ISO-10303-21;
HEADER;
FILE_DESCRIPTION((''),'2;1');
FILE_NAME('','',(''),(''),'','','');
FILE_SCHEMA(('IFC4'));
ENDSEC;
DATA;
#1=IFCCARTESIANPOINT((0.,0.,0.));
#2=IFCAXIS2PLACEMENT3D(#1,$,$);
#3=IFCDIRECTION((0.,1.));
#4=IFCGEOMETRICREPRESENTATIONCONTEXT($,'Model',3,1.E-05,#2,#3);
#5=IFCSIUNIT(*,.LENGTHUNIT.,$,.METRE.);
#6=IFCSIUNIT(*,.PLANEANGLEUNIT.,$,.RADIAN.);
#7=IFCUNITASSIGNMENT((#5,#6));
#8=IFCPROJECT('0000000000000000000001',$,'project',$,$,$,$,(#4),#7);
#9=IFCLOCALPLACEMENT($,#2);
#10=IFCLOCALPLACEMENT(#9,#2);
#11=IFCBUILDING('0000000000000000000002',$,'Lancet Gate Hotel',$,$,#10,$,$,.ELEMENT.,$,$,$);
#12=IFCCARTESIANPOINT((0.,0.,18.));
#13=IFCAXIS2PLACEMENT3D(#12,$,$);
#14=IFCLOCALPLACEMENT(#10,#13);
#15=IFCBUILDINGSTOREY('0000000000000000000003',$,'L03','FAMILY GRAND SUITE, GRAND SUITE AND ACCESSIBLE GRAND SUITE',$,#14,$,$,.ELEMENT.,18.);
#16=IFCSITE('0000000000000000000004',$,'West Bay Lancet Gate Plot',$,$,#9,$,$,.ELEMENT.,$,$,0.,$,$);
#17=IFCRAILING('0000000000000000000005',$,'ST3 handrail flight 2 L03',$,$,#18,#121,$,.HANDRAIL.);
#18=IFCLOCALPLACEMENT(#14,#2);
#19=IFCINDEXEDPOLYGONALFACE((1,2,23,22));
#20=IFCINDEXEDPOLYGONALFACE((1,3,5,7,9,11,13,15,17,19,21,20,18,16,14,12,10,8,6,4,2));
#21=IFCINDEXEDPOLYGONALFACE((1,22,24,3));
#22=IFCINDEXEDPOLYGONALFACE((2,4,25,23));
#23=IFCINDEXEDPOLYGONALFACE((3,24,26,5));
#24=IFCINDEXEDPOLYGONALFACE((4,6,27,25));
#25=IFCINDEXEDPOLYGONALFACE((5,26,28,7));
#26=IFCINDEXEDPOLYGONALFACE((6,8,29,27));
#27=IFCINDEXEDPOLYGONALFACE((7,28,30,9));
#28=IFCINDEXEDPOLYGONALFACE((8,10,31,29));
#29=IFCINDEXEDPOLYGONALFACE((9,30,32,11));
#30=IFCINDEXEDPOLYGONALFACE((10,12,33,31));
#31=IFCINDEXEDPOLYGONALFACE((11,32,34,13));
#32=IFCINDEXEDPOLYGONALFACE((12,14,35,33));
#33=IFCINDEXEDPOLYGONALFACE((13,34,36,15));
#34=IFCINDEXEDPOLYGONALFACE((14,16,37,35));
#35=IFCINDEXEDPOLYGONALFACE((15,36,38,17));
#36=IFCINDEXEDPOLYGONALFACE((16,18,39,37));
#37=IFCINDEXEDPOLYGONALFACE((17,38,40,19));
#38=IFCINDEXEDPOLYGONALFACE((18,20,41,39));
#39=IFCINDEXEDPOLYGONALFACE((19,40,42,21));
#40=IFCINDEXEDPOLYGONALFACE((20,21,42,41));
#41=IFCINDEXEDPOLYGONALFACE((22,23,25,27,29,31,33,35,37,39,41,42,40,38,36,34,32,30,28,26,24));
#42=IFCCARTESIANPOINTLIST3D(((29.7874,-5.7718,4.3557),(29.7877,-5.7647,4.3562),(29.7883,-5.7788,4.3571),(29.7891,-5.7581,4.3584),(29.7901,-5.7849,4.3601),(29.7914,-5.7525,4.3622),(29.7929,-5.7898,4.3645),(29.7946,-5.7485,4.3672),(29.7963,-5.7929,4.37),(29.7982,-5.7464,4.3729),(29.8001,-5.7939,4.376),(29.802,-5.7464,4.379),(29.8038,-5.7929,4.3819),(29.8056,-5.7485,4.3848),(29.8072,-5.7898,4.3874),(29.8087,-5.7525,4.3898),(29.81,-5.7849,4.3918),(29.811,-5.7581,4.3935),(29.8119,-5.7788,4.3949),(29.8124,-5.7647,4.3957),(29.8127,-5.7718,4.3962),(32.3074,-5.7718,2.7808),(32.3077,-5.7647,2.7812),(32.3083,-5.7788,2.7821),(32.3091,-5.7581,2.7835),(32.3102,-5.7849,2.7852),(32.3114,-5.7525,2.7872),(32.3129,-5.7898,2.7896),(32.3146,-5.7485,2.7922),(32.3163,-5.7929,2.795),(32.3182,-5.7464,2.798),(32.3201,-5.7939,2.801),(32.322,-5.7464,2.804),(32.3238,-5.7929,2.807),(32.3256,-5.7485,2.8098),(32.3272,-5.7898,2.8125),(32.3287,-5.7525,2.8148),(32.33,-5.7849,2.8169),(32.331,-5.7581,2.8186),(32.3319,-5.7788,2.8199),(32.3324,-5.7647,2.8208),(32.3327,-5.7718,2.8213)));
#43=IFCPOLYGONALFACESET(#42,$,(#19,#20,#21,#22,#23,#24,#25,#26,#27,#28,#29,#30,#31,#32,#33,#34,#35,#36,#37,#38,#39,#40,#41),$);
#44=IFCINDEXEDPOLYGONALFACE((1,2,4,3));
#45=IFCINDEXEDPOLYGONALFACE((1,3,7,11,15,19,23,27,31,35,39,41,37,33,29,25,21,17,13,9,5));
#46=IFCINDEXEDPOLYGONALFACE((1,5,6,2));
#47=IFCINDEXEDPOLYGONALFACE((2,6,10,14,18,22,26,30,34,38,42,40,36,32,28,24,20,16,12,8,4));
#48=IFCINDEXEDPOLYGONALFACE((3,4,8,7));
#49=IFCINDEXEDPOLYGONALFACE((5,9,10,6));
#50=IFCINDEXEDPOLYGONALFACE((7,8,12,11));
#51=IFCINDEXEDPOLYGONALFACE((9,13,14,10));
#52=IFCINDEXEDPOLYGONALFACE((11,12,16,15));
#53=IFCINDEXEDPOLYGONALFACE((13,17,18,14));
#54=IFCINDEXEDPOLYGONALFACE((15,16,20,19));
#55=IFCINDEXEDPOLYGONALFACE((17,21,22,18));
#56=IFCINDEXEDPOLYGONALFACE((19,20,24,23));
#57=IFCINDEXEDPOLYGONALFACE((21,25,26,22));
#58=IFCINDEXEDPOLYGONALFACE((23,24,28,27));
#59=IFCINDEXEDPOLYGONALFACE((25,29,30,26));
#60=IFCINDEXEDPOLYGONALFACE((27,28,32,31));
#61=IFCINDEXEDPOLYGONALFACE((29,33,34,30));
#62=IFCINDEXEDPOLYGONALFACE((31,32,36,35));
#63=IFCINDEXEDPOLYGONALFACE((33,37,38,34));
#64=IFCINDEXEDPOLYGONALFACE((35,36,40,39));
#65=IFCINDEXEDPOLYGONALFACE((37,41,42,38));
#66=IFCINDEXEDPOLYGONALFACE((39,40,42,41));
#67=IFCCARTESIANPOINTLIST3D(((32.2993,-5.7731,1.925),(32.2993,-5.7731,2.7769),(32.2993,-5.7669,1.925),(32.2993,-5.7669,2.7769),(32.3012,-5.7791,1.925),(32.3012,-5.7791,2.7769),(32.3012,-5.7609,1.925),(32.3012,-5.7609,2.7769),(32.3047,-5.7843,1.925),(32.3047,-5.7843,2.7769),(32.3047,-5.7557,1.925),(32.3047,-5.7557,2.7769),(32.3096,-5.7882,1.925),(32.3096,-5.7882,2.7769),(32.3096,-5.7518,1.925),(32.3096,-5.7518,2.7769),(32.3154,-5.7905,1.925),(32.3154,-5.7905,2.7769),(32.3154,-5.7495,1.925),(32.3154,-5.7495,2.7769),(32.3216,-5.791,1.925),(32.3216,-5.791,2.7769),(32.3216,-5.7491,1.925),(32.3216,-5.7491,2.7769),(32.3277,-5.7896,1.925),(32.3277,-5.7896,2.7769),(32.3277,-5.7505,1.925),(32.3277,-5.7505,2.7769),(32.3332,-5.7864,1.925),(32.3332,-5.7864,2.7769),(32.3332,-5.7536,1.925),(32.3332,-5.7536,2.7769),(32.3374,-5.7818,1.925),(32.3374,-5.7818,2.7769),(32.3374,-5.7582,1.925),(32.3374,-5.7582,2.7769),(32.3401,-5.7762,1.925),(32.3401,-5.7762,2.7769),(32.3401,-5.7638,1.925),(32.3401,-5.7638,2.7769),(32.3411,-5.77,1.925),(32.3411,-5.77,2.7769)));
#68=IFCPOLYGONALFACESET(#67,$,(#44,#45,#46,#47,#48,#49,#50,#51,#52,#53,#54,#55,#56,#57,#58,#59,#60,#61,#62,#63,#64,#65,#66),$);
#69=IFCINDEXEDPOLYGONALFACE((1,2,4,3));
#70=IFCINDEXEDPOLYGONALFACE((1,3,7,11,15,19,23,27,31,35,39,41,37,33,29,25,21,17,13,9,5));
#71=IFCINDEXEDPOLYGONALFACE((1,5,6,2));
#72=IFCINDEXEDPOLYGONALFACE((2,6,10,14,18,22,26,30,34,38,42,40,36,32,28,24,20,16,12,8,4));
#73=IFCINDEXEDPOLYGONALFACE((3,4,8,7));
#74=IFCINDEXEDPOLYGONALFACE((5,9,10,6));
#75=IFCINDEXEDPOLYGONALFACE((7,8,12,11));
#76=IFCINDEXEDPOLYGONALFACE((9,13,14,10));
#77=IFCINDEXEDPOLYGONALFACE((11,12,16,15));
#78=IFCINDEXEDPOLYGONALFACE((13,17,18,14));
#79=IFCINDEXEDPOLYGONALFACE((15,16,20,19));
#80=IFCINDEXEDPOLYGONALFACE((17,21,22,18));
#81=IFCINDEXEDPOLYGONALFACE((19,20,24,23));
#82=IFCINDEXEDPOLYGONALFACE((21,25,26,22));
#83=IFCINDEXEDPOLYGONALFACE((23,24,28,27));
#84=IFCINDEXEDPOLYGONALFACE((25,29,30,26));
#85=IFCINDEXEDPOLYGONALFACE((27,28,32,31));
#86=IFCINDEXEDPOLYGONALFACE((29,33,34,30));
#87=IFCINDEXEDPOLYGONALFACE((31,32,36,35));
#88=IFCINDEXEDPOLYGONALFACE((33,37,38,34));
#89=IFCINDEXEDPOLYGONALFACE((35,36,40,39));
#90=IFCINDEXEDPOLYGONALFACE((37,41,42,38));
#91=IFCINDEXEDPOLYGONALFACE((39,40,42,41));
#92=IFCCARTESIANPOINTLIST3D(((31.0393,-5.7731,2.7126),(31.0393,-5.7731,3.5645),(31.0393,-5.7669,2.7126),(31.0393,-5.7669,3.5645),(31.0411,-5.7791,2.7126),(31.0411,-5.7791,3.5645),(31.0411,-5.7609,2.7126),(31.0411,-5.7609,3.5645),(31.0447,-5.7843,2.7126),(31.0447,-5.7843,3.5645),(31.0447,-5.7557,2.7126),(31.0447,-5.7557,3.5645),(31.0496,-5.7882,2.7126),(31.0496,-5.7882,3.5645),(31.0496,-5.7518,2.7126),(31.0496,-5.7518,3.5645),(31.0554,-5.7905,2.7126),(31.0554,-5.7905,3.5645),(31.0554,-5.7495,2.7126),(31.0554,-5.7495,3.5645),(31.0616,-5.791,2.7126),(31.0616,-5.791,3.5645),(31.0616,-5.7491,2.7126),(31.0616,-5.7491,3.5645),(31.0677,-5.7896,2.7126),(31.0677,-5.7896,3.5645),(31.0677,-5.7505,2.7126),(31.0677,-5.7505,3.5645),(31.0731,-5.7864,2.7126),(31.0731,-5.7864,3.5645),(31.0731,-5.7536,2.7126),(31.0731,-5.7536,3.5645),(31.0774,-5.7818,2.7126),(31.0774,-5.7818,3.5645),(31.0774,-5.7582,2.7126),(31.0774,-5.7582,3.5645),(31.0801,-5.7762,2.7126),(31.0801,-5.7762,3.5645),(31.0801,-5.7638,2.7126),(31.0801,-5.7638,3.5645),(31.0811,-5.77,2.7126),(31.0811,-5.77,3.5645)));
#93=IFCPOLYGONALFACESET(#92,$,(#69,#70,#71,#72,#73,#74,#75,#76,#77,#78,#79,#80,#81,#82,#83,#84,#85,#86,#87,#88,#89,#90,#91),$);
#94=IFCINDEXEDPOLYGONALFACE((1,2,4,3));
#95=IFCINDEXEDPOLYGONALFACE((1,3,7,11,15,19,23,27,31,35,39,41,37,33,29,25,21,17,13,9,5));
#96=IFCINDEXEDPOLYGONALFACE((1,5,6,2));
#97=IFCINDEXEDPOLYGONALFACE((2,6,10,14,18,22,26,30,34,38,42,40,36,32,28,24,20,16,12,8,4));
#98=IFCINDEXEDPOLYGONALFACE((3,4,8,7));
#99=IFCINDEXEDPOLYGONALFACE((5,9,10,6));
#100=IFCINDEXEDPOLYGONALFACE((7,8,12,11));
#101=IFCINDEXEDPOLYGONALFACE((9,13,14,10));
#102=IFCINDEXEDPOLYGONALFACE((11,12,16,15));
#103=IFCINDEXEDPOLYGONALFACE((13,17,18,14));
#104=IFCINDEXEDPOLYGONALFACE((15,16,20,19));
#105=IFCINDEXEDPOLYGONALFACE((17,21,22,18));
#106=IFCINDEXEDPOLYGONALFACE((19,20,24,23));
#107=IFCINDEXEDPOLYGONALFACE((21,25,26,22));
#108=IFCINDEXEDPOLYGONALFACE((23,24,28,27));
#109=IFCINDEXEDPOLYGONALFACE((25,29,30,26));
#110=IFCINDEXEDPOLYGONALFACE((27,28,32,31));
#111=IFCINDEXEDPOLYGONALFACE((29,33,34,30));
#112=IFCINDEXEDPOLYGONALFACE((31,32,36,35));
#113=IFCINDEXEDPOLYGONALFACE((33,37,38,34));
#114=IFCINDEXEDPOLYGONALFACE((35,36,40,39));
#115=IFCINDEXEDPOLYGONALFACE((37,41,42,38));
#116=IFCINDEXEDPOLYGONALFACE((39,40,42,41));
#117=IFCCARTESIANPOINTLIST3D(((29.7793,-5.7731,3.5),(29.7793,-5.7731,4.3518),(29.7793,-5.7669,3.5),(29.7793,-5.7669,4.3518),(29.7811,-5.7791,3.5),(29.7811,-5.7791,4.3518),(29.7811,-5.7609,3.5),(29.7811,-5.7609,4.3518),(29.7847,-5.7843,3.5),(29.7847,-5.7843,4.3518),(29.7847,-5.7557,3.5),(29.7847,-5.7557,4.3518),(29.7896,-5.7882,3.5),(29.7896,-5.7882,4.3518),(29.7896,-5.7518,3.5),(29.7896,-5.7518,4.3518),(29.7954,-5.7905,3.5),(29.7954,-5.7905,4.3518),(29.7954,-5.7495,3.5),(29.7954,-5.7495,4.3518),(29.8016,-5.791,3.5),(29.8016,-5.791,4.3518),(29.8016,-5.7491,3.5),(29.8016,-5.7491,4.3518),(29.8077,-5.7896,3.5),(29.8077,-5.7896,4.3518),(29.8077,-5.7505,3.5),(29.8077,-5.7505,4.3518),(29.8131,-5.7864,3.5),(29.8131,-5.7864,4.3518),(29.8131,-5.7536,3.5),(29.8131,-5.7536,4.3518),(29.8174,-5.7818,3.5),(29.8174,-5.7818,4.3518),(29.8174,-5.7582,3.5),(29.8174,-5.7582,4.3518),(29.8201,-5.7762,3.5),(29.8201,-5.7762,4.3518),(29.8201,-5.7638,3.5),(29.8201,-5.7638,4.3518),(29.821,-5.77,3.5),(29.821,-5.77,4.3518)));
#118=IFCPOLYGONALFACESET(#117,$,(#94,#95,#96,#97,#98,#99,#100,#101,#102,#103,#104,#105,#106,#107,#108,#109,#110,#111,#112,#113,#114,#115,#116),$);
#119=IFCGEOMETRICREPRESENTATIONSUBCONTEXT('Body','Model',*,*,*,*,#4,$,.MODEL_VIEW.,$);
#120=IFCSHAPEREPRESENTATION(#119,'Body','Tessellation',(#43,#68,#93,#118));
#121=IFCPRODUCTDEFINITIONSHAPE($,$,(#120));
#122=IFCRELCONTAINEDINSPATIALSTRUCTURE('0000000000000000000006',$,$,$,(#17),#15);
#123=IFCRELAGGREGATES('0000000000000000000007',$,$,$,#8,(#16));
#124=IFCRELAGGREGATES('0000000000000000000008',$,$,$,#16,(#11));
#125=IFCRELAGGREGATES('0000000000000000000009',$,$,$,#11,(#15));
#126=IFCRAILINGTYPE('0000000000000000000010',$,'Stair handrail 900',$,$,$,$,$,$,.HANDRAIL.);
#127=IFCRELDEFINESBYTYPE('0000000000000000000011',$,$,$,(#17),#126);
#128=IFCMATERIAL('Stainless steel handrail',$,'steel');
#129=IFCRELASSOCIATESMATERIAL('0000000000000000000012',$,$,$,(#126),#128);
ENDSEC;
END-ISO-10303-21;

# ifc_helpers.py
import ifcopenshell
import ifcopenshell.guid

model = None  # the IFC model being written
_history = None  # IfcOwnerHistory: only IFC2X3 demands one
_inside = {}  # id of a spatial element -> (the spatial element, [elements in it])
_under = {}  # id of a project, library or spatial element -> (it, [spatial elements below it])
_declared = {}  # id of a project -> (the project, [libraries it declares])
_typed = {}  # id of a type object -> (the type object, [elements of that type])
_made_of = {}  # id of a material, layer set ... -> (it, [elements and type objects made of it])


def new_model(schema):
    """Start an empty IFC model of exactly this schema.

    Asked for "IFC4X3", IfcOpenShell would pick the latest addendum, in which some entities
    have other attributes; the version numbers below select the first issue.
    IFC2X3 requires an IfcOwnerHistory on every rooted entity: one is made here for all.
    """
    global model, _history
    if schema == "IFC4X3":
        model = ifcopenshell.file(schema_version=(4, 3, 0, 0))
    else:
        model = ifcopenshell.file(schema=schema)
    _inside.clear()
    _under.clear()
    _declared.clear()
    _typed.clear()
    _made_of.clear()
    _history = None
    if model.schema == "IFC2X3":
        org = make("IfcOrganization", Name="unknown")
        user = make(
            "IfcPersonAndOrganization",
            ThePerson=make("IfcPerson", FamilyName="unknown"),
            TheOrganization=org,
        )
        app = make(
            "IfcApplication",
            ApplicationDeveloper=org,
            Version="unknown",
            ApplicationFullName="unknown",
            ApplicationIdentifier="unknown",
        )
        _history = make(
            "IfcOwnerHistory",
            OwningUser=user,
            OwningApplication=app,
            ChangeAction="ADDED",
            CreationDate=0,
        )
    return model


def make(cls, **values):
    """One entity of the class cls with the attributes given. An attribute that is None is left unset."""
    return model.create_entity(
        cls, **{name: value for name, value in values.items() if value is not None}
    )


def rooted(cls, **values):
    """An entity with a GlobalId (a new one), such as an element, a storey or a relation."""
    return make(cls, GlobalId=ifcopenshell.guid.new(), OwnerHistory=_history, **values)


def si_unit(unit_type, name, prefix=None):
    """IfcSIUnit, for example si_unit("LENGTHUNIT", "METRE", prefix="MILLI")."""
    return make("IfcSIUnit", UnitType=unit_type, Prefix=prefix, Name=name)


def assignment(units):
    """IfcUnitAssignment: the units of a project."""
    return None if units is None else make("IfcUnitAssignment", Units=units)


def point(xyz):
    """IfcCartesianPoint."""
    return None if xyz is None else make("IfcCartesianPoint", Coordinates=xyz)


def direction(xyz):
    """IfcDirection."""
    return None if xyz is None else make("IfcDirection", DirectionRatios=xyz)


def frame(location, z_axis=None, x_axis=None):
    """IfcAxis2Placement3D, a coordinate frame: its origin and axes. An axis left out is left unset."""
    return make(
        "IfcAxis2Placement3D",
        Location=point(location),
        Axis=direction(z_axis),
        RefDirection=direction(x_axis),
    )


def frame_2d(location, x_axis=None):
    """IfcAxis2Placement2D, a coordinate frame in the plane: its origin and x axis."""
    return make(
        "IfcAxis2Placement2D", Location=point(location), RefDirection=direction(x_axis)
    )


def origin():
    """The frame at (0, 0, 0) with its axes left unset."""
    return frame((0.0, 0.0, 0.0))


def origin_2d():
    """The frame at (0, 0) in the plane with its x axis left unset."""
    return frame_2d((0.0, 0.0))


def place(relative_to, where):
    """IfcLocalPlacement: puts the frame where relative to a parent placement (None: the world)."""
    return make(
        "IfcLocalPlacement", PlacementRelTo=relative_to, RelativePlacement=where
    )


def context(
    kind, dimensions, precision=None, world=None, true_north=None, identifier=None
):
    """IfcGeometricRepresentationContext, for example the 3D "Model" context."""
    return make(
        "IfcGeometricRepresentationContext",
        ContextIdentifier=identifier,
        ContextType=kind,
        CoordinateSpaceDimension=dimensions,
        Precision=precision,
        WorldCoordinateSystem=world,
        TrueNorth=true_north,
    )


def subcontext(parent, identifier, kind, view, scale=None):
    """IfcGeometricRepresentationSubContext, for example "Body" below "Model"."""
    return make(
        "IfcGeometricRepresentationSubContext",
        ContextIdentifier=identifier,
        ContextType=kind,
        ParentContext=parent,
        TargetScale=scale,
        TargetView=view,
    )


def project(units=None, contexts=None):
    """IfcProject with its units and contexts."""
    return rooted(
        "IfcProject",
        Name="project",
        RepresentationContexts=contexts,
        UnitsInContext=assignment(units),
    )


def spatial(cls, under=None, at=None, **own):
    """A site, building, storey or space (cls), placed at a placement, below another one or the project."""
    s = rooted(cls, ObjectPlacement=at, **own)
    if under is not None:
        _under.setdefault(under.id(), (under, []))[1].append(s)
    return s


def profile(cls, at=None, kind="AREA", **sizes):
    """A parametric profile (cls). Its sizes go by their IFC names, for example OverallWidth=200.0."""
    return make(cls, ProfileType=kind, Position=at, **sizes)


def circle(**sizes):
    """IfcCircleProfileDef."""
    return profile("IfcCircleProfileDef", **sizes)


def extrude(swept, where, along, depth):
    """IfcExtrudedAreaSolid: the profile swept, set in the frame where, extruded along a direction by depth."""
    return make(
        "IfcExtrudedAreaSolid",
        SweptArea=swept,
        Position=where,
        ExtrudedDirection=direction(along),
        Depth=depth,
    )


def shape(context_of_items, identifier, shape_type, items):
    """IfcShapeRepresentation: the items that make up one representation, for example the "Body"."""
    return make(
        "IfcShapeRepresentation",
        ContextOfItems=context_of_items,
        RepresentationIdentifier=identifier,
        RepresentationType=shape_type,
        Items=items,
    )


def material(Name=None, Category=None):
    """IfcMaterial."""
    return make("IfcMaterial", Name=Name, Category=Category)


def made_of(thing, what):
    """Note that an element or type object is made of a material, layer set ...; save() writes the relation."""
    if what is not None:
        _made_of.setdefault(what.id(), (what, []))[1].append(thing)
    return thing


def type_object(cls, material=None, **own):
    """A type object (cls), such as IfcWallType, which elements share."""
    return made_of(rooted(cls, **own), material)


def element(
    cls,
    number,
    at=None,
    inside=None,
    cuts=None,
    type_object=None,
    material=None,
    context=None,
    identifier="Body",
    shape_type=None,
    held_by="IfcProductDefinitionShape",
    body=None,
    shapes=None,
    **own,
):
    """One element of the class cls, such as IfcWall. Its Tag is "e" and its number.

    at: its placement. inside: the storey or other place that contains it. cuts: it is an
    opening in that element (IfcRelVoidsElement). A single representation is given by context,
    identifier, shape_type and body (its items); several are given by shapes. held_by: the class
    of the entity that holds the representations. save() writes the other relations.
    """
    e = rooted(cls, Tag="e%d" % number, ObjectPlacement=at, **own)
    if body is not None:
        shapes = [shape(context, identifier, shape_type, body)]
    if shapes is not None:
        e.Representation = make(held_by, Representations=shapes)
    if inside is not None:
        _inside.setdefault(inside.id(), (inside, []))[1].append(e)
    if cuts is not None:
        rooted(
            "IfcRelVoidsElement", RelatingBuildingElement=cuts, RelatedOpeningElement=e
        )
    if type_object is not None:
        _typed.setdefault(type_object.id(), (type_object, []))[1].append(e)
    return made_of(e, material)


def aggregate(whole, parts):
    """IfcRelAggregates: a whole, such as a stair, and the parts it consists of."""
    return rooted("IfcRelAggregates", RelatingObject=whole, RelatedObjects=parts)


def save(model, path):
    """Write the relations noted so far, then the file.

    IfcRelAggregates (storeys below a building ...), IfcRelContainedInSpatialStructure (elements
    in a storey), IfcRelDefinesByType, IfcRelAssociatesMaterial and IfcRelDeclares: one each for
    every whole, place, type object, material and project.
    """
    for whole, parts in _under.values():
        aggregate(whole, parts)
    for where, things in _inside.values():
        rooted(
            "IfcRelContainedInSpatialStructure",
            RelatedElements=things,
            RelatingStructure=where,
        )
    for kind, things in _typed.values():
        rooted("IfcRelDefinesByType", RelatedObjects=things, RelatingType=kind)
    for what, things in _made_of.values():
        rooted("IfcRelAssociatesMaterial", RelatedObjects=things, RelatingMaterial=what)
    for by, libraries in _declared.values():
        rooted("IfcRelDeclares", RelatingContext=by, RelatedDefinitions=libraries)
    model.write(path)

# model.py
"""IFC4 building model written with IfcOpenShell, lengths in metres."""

from ifc_helpers import new_model, si_unit, direction, frame, origin, origin_2d, place, context, subcontext, project, spatial, circle, extrude, material, type_object, element, save


model = new_model("IFC4")

# Units and contexts
model_context = context("Model", 3, precision=1e-05, world=origin(), true_north=direction((0.0, 1.0)))
body_context = subcontext(model_context, "Body", "Model", "MODEL_VIEW")
ifc_project = project(units=[si_unit("LENGTHUNIT", "METRE"), si_unit("PLANEANGLEUNIT", "RADIAN")], contexts=[model_context])

# Site, building, storey
site_placement = place(None, origin())
site = spatial("IfcSite", under=ifc_project, at=site_placement, Name="West Bay Lancet Gate Plot", CompositionType="ELEMENT", RefElevation=0.0)
building_placement = place(site_placement, origin())
building = spatial("IfcBuilding", under=site, at=building_placement, Name="Lancet Gate Hotel", CompositionType="ELEMENT")
storey_placement = place(building_placement, frame((0.0, 0.0, 18.0)))
storey = spatial("IfcBuildingStorey", under=building, at=storey_placement, Name="L03", Description="FAMILY GRAND SUITE, GRAND SUITE AND ACCESSIBLE GRAND SUITE", CompositionType="ELEMENT", Elevation=18.0)

# Railing
ifc_material_1 = material(Name="Stainless steel handrail", Category="steel")
railing_type = type_object("IfcRailingType", Name="Stair handrail 900", PredefinedType="HANDRAIL", material=ifc_material_1)
railing_1_placement = place(storey_placement, frame((32.3201, -5.77, 1.925)))
element("IfcRailing", 1, at=railing_1_placement, inside=storey, type_object=railing_type, Name="ST3 handrail flight 2 L03", PredefinedType="HANDRAIL", context=body_context, shape_type="SweptSolid", body=[
    extrude(circle(Radius=0.0239, at=origin_2d()), frame((0.0, 0.0, 0.876), z_axis=(-0.848008, 0.0, 0.529984), x_axis=(0.0, -1.0, 0.0)), (0.0, 0.0, 1.0), 2.9717),
    extrude(circle(Radius=0.021, at=origin_2d()), origin(), (0.0, 0.0, 1.0), 0.8518),
    extrude(circle(Radius=0.021, at=origin_2d()), frame((-1.26, 0.0, 0.7876)), (0.0, 0.0, 1.0), 0.8518),
    extrude(circle(Radius=0.021, at=origin_2d()), frame((-2.52, 0.0, 1.575)), (0.0, 0.0, 1.0), 0.8518),
])

save(model, "model.ifc")
